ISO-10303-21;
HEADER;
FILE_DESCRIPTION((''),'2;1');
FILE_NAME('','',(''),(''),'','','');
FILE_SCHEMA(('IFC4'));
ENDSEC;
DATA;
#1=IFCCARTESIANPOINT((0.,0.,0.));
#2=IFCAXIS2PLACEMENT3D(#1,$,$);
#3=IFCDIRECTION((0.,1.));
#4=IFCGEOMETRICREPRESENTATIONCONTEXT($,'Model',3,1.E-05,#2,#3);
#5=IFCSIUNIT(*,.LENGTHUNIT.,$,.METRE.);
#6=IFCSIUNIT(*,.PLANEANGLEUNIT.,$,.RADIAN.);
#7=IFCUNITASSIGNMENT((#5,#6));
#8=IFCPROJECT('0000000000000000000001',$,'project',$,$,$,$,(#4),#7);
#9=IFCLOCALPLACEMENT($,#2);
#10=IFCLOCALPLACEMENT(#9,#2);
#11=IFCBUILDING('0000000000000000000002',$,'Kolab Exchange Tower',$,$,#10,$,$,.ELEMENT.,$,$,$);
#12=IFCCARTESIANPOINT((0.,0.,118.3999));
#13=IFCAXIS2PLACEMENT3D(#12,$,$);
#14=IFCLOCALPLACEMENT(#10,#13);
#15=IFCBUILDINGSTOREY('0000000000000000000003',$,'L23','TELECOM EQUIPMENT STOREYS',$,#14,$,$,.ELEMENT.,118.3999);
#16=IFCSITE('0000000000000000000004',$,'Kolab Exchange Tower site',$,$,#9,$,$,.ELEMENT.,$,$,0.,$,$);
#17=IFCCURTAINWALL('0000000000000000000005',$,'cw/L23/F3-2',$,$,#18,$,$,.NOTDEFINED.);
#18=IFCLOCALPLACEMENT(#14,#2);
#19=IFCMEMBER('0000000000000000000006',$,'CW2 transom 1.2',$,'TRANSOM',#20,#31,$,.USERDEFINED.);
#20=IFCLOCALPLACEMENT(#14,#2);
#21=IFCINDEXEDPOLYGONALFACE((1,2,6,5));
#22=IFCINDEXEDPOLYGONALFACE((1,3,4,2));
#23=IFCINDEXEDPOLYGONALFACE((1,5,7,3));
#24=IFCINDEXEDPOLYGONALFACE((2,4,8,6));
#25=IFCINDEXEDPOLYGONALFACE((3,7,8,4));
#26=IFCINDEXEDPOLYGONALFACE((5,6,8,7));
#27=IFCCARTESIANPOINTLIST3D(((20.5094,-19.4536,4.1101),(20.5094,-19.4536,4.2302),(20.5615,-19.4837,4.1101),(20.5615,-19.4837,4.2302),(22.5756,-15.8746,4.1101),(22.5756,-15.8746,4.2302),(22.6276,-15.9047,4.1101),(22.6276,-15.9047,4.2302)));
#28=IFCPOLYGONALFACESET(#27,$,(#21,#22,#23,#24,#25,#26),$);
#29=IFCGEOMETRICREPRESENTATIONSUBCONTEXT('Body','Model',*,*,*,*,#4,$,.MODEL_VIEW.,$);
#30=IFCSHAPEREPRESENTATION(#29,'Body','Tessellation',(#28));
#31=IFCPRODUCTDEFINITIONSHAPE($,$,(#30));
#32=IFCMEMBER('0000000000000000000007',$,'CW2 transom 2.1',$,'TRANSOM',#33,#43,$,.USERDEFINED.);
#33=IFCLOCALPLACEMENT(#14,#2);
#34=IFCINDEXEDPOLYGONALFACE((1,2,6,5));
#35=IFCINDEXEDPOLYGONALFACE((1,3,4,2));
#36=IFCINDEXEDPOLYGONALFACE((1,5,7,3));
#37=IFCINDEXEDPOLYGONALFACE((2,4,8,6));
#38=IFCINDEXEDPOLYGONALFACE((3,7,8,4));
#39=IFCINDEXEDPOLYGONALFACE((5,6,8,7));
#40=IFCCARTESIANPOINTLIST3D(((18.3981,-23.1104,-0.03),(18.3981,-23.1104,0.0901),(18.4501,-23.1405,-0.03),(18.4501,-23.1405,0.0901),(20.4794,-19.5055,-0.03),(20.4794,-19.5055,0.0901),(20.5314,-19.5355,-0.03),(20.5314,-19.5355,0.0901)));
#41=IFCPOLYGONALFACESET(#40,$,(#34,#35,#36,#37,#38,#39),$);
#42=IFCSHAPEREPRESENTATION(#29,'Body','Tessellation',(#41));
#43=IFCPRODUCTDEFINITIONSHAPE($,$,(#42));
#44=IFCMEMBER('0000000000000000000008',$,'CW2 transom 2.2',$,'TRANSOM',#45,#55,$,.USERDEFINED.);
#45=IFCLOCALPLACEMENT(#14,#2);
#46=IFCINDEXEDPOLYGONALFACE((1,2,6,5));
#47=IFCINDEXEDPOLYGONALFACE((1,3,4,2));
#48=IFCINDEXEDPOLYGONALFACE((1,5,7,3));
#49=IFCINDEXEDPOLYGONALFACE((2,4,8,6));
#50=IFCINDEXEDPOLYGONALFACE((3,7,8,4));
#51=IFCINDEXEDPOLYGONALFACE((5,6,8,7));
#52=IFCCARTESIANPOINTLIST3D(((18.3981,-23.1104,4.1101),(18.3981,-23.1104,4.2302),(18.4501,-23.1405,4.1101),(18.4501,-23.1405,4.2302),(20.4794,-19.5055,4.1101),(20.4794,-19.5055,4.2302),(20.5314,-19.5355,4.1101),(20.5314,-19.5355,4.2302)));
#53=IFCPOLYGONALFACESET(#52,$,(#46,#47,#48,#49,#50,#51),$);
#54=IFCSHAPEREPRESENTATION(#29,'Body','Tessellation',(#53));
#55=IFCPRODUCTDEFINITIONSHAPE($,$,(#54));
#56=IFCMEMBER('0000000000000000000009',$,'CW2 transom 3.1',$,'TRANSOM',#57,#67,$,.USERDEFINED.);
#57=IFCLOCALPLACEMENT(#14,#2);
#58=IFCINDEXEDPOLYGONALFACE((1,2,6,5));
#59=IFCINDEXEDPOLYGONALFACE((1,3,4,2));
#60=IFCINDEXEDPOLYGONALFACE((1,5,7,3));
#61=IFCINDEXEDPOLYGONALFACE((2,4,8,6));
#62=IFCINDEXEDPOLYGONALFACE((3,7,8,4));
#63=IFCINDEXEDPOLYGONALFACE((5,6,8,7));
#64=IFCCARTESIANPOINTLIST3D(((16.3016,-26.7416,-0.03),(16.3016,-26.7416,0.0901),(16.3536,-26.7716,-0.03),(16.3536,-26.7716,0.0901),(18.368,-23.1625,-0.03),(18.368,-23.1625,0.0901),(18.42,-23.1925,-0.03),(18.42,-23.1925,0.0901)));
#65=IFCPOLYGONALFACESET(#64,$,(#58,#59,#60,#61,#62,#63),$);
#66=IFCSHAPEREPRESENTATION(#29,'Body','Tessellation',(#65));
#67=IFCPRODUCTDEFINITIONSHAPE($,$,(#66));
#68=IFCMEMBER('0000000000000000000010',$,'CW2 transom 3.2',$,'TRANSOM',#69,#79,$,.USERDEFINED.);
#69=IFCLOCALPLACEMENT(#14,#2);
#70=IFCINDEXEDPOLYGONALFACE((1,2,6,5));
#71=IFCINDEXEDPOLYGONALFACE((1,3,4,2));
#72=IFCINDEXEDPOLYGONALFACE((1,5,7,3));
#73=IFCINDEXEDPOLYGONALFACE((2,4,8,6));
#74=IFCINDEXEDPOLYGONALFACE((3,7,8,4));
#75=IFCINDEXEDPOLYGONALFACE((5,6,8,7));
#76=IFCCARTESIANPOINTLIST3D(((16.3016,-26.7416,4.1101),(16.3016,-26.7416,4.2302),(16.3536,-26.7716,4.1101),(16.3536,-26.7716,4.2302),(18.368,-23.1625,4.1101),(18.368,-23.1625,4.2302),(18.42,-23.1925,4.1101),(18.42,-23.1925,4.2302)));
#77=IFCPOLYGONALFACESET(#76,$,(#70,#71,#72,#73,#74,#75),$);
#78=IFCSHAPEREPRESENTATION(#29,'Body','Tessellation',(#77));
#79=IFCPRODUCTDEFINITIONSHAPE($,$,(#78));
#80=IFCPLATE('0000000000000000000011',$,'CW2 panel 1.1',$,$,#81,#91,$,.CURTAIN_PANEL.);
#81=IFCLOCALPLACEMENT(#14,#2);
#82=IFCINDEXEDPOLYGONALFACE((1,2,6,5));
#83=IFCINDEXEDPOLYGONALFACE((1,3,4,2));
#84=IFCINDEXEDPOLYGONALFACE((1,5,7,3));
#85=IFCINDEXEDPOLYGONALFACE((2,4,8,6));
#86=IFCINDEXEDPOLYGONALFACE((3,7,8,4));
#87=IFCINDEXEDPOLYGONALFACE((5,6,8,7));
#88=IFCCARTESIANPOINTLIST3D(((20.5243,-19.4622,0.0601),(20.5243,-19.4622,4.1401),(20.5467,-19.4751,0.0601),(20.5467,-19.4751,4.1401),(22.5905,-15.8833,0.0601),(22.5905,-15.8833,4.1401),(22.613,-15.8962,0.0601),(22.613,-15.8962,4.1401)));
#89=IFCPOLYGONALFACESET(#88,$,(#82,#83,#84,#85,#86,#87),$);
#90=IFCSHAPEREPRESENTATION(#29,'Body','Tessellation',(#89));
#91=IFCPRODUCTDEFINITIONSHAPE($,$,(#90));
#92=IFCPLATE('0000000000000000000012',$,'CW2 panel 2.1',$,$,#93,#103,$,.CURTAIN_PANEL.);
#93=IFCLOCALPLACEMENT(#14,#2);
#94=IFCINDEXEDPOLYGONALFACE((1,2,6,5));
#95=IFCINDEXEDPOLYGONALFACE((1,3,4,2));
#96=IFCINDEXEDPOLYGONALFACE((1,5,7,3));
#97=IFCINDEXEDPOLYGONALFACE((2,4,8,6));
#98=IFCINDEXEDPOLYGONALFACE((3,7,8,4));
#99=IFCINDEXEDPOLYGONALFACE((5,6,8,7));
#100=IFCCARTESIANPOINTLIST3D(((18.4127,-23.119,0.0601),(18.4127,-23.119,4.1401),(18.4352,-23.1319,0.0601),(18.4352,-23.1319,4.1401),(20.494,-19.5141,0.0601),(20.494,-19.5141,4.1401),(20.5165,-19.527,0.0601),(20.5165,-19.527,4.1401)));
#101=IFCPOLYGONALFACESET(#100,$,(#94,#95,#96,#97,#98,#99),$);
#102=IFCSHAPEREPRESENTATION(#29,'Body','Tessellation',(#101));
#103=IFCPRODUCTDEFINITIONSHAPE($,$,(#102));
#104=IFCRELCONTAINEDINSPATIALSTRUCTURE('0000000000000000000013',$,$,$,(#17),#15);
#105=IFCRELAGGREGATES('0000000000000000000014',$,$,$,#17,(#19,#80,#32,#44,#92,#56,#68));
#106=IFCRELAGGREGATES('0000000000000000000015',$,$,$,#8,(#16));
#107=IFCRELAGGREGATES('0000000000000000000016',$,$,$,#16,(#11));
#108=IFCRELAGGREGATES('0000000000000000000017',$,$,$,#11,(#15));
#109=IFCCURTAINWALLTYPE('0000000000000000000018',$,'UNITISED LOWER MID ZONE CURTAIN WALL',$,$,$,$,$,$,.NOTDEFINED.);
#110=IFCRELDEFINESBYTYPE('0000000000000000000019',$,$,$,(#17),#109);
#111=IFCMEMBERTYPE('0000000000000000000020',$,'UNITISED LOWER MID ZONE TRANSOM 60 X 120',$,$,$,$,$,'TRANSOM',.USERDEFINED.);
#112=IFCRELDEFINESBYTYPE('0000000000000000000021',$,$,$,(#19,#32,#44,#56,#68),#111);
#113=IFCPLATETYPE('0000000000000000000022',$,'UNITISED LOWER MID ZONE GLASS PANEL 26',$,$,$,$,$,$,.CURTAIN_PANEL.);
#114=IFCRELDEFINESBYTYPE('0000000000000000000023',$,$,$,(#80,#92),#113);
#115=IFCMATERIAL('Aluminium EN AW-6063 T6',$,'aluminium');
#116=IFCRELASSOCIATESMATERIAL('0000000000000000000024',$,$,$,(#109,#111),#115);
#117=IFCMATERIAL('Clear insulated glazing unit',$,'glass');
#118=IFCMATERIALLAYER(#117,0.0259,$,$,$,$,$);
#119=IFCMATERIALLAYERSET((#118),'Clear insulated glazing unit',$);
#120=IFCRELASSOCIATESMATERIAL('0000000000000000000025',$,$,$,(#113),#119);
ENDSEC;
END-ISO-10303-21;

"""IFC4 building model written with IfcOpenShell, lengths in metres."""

from ifc_helpers import new_model, si_unit, direction, frame, origin, origin_2d, place, context, subcontext, project, spatial, rectangle, extrude, material, layer, layer_set, material_profile, profile_set, type_object, element, aggregate, save


model = new_model("IFC4")

# Units and contexts
model_context = context("Model", 3, precision=1e-05, world=origin(), true_north=direction((0.0, 1.0)))
body_context = subcontext(model_context, "Body", "Model", "MODEL_VIEW")
ifc_project = project(units=[si_unit("LENGTHUNIT", "METRE"), si_unit("PLANEANGLEUNIT", "RADIAN")], contexts=[model_context])

# Site, building, storey
site_placement = place(None, origin())
site = spatial("IfcSite", under=ifc_project, at=site_placement, Name="Kolab Exchange Tower site", CompositionType="ELEMENT", RefElevation=0.0)
building_placement = place(site_placement, origin())
building = spatial("IfcBuilding", under=site, at=building_placement, Name="Kolab Exchange Tower", CompositionType="ELEMENT")
storey_placement = place(building_placement, frame((0.0, 0.0, 118.3999)))
storey = spatial("IfcBuildingStorey", under=building, at=storey_placement, Name="L23", Description="TELECOM EQUIPMENT STOREYS", CompositionType="ELEMENT", Elevation=118.3999)

# Curtain wall, members, plates
ifc_material_1 = material(Name="Aluminium EN AW-6063 T6", Category="aluminium")
curtain_wall_type = type_object("IfcCurtainWallType", Name="UNITISED LOWER MID ZONE CURTAIN WALL", PredefinedType="NOTDEFINED", material=ifc_material_1)
curtain_wall_placement = place(storey_placement, origin())
curtain_wall = element("IfcCurtainWall", 1, at=curtain_wall_placement, inside=storey, type_object=curtain_wall_type, Name="cw/L23/F3-2", PredefinedType="NOTDEFINED")
ifc_material_profile_1 = material_profile(ifc_material_1, rectangle(XDim=0.0601, YDim=0.1201, at=origin_2d()), Name="RECT 60X120")
ifc_profile_set_1 = profile_set([ifc_material_profile_1], Name="Aluminium EN AW-6063 T6")
member_type_1 = type_object("IfcMemberType", Name="UNITISED LOWER MID ZONE TRANSOM 60 X 120", ElementType="TRANSOM", PredefinedType="USERDEFINED", material=ifc_profile_set_1)
member_1_placement = place(storey_placement, frame((22.6016, -15.8896, 4.1702), z_axis=(-0.499958, -0.86605, 0.0), x_axis=(0.86605, -0.499958, 0.0)))
member_1 = element("IfcMember", 2, at=member_1_placement, type_object=member_type_1, Name="CW2 transom 1.2", ObjectType="TRANSOM", PredefinedType="USERDEFINED", context=body_context, shape_type="SweptSolid", body=[
    extrude(rectangle(XDim=0.0601, YDim=0.1201, at=origin_2d()), origin(), (0.0, 0.0, 1.0), 4.1326),
])
member_2_placement = place(storey_placement, frame((20.5054, -19.5205, 0.03), z_axis=(-0.499993, -0.866029, 0.0), x_axis=(0.866029, -0.499993, 0.0)))
member_2 = element("IfcMember", 3, at=member_2_placement, type_object=member_type_1, Name="CW2 transom 2.1", ObjectType="TRANSOM", PredefinedType="USERDEFINED", context=body_context, shape_type="SweptSolid", body=[
    extrude(rectangle(XDim=0.0601, YDim=0.1201, at=origin_2d()), origin(), (0.0, 0.0, 1.0), 4.1626),
])
member_3_placement = place(storey_placement, frame((20.5054, -19.5205, 4.1702), z_axis=(-0.499993, -0.866029, 0.0), x_axis=(0.866029, -0.499993, 0.0)))
member_3 = element("IfcMember", 4, at=member_3_placement, type_object=member_type_1, Name="CW2 transom 2.2", ObjectType="TRANSOM", PredefinedType="USERDEFINED", context=body_context, shape_type="SweptSolid", body=[
    extrude(rectangle(XDim=0.0601, YDim=0.1201, at=origin_2d()), origin(), (0.0, 0.0, 1.0), 4.1626),
])
member_4_placement = place(storey_placement, frame((18.394, -23.1775, 0.03), z_axis=(-0.500002, -0.866024, 0.0), x_axis=(0.866024, -0.500002, 0.0)))
member_4 = element("IfcMember", 5, at=member_4_placement, type_object=member_type_1, Name="CW2 transom 3.1", ObjectType="TRANSOM", PredefinedType="USERDEFINED", context=body_context, shape_type="SweptSolid", body=[
    extrude(rectangle(XDim=0.0601, YDim=0.1201, at=origin_2d()), origin(), (0.0, 0.0, 1.0), 4.1328),
])
member_5_placement = place(storey_placement, frame((18.394, -23.1775, 4.1702), z_axis=(-0.500002, -0.866024, 0.0), x_axis=(0.866024, -0.500002, 0.0)))
member_5 = element("IfcMember", 6, at=member_5_placement, type_object=member_type_1, Name="CW2 transom 3.2", ObjectType="TRANSOM", PredefinedType="USERDEFINED", context=body_context, shape_type="SweptSolid", body=[
    extrude(rectangle(XDim=0.0601, YDim=0.1201, at=origin_2d()), origin(), (0.0, 0.0, 1.0), 4.1328),
])
ifc_material_2 = material(Name="Clear insulated glazing unit", Category="glass")
ifc_layer = layer(ifc_material_2, 0.0259)
ifc_layer_set = layer_set([ifc_layer], Name="Clear insulated glazing unit")
plate_type = type_object("IfcPlateType", Name="UNITISED LOWER MID ZONE GLASS PANEL 26", PredefinedType="CURTAIN_PANEL", material=ifc_layer_set)
plate_1_placement = place(storey_placement, frame((21.5686, -17.6792, 0.0601), z_axis=(0.0, 0.0, 1.0), x_axis=(-0.5, -0.866025, 0.0)))
plate_1 = element("IfcPlate", 7, at=plate_1_placement, type_object=plate_type, Name="CW2 panel 1.1", PredefinedType="CURTAIN_PANEL", context=body_context, shape_type="SweptSolid", body=[
    extrude(rectangle(XDim=4.1326, YDim=0.0259, at=origin_2d()), origin(), (0.0, 0.0, 1.0), 4.0801),
])
plate_2_placement = place(storey_placement, frame((19.4646, -21.323, 0.0601), z_axis=(0.0, 0.0, 1.0), x_axis=(-0.5, -0.866025, 0.0)))
plate_2 = element("IfcPlate", 8, at=plate_2_placement, type_object=plate_type, Name="CW2 panel 2.1", PredefinedType="CURTAIN_PANEL", context=body_context, shape_type="SweptSolid", body=[
    extrude(rectangle(XDim=4.1626, YDim=0.0259, at=origin_2d()), origin(), (0.0, 0.0, 1.0), 4.0801),
])
aggregate(curtain_wall, [member_1, plate_1, member_2, member_3, plate_2, member_4, member_5])

save(model, "model.ifc")
